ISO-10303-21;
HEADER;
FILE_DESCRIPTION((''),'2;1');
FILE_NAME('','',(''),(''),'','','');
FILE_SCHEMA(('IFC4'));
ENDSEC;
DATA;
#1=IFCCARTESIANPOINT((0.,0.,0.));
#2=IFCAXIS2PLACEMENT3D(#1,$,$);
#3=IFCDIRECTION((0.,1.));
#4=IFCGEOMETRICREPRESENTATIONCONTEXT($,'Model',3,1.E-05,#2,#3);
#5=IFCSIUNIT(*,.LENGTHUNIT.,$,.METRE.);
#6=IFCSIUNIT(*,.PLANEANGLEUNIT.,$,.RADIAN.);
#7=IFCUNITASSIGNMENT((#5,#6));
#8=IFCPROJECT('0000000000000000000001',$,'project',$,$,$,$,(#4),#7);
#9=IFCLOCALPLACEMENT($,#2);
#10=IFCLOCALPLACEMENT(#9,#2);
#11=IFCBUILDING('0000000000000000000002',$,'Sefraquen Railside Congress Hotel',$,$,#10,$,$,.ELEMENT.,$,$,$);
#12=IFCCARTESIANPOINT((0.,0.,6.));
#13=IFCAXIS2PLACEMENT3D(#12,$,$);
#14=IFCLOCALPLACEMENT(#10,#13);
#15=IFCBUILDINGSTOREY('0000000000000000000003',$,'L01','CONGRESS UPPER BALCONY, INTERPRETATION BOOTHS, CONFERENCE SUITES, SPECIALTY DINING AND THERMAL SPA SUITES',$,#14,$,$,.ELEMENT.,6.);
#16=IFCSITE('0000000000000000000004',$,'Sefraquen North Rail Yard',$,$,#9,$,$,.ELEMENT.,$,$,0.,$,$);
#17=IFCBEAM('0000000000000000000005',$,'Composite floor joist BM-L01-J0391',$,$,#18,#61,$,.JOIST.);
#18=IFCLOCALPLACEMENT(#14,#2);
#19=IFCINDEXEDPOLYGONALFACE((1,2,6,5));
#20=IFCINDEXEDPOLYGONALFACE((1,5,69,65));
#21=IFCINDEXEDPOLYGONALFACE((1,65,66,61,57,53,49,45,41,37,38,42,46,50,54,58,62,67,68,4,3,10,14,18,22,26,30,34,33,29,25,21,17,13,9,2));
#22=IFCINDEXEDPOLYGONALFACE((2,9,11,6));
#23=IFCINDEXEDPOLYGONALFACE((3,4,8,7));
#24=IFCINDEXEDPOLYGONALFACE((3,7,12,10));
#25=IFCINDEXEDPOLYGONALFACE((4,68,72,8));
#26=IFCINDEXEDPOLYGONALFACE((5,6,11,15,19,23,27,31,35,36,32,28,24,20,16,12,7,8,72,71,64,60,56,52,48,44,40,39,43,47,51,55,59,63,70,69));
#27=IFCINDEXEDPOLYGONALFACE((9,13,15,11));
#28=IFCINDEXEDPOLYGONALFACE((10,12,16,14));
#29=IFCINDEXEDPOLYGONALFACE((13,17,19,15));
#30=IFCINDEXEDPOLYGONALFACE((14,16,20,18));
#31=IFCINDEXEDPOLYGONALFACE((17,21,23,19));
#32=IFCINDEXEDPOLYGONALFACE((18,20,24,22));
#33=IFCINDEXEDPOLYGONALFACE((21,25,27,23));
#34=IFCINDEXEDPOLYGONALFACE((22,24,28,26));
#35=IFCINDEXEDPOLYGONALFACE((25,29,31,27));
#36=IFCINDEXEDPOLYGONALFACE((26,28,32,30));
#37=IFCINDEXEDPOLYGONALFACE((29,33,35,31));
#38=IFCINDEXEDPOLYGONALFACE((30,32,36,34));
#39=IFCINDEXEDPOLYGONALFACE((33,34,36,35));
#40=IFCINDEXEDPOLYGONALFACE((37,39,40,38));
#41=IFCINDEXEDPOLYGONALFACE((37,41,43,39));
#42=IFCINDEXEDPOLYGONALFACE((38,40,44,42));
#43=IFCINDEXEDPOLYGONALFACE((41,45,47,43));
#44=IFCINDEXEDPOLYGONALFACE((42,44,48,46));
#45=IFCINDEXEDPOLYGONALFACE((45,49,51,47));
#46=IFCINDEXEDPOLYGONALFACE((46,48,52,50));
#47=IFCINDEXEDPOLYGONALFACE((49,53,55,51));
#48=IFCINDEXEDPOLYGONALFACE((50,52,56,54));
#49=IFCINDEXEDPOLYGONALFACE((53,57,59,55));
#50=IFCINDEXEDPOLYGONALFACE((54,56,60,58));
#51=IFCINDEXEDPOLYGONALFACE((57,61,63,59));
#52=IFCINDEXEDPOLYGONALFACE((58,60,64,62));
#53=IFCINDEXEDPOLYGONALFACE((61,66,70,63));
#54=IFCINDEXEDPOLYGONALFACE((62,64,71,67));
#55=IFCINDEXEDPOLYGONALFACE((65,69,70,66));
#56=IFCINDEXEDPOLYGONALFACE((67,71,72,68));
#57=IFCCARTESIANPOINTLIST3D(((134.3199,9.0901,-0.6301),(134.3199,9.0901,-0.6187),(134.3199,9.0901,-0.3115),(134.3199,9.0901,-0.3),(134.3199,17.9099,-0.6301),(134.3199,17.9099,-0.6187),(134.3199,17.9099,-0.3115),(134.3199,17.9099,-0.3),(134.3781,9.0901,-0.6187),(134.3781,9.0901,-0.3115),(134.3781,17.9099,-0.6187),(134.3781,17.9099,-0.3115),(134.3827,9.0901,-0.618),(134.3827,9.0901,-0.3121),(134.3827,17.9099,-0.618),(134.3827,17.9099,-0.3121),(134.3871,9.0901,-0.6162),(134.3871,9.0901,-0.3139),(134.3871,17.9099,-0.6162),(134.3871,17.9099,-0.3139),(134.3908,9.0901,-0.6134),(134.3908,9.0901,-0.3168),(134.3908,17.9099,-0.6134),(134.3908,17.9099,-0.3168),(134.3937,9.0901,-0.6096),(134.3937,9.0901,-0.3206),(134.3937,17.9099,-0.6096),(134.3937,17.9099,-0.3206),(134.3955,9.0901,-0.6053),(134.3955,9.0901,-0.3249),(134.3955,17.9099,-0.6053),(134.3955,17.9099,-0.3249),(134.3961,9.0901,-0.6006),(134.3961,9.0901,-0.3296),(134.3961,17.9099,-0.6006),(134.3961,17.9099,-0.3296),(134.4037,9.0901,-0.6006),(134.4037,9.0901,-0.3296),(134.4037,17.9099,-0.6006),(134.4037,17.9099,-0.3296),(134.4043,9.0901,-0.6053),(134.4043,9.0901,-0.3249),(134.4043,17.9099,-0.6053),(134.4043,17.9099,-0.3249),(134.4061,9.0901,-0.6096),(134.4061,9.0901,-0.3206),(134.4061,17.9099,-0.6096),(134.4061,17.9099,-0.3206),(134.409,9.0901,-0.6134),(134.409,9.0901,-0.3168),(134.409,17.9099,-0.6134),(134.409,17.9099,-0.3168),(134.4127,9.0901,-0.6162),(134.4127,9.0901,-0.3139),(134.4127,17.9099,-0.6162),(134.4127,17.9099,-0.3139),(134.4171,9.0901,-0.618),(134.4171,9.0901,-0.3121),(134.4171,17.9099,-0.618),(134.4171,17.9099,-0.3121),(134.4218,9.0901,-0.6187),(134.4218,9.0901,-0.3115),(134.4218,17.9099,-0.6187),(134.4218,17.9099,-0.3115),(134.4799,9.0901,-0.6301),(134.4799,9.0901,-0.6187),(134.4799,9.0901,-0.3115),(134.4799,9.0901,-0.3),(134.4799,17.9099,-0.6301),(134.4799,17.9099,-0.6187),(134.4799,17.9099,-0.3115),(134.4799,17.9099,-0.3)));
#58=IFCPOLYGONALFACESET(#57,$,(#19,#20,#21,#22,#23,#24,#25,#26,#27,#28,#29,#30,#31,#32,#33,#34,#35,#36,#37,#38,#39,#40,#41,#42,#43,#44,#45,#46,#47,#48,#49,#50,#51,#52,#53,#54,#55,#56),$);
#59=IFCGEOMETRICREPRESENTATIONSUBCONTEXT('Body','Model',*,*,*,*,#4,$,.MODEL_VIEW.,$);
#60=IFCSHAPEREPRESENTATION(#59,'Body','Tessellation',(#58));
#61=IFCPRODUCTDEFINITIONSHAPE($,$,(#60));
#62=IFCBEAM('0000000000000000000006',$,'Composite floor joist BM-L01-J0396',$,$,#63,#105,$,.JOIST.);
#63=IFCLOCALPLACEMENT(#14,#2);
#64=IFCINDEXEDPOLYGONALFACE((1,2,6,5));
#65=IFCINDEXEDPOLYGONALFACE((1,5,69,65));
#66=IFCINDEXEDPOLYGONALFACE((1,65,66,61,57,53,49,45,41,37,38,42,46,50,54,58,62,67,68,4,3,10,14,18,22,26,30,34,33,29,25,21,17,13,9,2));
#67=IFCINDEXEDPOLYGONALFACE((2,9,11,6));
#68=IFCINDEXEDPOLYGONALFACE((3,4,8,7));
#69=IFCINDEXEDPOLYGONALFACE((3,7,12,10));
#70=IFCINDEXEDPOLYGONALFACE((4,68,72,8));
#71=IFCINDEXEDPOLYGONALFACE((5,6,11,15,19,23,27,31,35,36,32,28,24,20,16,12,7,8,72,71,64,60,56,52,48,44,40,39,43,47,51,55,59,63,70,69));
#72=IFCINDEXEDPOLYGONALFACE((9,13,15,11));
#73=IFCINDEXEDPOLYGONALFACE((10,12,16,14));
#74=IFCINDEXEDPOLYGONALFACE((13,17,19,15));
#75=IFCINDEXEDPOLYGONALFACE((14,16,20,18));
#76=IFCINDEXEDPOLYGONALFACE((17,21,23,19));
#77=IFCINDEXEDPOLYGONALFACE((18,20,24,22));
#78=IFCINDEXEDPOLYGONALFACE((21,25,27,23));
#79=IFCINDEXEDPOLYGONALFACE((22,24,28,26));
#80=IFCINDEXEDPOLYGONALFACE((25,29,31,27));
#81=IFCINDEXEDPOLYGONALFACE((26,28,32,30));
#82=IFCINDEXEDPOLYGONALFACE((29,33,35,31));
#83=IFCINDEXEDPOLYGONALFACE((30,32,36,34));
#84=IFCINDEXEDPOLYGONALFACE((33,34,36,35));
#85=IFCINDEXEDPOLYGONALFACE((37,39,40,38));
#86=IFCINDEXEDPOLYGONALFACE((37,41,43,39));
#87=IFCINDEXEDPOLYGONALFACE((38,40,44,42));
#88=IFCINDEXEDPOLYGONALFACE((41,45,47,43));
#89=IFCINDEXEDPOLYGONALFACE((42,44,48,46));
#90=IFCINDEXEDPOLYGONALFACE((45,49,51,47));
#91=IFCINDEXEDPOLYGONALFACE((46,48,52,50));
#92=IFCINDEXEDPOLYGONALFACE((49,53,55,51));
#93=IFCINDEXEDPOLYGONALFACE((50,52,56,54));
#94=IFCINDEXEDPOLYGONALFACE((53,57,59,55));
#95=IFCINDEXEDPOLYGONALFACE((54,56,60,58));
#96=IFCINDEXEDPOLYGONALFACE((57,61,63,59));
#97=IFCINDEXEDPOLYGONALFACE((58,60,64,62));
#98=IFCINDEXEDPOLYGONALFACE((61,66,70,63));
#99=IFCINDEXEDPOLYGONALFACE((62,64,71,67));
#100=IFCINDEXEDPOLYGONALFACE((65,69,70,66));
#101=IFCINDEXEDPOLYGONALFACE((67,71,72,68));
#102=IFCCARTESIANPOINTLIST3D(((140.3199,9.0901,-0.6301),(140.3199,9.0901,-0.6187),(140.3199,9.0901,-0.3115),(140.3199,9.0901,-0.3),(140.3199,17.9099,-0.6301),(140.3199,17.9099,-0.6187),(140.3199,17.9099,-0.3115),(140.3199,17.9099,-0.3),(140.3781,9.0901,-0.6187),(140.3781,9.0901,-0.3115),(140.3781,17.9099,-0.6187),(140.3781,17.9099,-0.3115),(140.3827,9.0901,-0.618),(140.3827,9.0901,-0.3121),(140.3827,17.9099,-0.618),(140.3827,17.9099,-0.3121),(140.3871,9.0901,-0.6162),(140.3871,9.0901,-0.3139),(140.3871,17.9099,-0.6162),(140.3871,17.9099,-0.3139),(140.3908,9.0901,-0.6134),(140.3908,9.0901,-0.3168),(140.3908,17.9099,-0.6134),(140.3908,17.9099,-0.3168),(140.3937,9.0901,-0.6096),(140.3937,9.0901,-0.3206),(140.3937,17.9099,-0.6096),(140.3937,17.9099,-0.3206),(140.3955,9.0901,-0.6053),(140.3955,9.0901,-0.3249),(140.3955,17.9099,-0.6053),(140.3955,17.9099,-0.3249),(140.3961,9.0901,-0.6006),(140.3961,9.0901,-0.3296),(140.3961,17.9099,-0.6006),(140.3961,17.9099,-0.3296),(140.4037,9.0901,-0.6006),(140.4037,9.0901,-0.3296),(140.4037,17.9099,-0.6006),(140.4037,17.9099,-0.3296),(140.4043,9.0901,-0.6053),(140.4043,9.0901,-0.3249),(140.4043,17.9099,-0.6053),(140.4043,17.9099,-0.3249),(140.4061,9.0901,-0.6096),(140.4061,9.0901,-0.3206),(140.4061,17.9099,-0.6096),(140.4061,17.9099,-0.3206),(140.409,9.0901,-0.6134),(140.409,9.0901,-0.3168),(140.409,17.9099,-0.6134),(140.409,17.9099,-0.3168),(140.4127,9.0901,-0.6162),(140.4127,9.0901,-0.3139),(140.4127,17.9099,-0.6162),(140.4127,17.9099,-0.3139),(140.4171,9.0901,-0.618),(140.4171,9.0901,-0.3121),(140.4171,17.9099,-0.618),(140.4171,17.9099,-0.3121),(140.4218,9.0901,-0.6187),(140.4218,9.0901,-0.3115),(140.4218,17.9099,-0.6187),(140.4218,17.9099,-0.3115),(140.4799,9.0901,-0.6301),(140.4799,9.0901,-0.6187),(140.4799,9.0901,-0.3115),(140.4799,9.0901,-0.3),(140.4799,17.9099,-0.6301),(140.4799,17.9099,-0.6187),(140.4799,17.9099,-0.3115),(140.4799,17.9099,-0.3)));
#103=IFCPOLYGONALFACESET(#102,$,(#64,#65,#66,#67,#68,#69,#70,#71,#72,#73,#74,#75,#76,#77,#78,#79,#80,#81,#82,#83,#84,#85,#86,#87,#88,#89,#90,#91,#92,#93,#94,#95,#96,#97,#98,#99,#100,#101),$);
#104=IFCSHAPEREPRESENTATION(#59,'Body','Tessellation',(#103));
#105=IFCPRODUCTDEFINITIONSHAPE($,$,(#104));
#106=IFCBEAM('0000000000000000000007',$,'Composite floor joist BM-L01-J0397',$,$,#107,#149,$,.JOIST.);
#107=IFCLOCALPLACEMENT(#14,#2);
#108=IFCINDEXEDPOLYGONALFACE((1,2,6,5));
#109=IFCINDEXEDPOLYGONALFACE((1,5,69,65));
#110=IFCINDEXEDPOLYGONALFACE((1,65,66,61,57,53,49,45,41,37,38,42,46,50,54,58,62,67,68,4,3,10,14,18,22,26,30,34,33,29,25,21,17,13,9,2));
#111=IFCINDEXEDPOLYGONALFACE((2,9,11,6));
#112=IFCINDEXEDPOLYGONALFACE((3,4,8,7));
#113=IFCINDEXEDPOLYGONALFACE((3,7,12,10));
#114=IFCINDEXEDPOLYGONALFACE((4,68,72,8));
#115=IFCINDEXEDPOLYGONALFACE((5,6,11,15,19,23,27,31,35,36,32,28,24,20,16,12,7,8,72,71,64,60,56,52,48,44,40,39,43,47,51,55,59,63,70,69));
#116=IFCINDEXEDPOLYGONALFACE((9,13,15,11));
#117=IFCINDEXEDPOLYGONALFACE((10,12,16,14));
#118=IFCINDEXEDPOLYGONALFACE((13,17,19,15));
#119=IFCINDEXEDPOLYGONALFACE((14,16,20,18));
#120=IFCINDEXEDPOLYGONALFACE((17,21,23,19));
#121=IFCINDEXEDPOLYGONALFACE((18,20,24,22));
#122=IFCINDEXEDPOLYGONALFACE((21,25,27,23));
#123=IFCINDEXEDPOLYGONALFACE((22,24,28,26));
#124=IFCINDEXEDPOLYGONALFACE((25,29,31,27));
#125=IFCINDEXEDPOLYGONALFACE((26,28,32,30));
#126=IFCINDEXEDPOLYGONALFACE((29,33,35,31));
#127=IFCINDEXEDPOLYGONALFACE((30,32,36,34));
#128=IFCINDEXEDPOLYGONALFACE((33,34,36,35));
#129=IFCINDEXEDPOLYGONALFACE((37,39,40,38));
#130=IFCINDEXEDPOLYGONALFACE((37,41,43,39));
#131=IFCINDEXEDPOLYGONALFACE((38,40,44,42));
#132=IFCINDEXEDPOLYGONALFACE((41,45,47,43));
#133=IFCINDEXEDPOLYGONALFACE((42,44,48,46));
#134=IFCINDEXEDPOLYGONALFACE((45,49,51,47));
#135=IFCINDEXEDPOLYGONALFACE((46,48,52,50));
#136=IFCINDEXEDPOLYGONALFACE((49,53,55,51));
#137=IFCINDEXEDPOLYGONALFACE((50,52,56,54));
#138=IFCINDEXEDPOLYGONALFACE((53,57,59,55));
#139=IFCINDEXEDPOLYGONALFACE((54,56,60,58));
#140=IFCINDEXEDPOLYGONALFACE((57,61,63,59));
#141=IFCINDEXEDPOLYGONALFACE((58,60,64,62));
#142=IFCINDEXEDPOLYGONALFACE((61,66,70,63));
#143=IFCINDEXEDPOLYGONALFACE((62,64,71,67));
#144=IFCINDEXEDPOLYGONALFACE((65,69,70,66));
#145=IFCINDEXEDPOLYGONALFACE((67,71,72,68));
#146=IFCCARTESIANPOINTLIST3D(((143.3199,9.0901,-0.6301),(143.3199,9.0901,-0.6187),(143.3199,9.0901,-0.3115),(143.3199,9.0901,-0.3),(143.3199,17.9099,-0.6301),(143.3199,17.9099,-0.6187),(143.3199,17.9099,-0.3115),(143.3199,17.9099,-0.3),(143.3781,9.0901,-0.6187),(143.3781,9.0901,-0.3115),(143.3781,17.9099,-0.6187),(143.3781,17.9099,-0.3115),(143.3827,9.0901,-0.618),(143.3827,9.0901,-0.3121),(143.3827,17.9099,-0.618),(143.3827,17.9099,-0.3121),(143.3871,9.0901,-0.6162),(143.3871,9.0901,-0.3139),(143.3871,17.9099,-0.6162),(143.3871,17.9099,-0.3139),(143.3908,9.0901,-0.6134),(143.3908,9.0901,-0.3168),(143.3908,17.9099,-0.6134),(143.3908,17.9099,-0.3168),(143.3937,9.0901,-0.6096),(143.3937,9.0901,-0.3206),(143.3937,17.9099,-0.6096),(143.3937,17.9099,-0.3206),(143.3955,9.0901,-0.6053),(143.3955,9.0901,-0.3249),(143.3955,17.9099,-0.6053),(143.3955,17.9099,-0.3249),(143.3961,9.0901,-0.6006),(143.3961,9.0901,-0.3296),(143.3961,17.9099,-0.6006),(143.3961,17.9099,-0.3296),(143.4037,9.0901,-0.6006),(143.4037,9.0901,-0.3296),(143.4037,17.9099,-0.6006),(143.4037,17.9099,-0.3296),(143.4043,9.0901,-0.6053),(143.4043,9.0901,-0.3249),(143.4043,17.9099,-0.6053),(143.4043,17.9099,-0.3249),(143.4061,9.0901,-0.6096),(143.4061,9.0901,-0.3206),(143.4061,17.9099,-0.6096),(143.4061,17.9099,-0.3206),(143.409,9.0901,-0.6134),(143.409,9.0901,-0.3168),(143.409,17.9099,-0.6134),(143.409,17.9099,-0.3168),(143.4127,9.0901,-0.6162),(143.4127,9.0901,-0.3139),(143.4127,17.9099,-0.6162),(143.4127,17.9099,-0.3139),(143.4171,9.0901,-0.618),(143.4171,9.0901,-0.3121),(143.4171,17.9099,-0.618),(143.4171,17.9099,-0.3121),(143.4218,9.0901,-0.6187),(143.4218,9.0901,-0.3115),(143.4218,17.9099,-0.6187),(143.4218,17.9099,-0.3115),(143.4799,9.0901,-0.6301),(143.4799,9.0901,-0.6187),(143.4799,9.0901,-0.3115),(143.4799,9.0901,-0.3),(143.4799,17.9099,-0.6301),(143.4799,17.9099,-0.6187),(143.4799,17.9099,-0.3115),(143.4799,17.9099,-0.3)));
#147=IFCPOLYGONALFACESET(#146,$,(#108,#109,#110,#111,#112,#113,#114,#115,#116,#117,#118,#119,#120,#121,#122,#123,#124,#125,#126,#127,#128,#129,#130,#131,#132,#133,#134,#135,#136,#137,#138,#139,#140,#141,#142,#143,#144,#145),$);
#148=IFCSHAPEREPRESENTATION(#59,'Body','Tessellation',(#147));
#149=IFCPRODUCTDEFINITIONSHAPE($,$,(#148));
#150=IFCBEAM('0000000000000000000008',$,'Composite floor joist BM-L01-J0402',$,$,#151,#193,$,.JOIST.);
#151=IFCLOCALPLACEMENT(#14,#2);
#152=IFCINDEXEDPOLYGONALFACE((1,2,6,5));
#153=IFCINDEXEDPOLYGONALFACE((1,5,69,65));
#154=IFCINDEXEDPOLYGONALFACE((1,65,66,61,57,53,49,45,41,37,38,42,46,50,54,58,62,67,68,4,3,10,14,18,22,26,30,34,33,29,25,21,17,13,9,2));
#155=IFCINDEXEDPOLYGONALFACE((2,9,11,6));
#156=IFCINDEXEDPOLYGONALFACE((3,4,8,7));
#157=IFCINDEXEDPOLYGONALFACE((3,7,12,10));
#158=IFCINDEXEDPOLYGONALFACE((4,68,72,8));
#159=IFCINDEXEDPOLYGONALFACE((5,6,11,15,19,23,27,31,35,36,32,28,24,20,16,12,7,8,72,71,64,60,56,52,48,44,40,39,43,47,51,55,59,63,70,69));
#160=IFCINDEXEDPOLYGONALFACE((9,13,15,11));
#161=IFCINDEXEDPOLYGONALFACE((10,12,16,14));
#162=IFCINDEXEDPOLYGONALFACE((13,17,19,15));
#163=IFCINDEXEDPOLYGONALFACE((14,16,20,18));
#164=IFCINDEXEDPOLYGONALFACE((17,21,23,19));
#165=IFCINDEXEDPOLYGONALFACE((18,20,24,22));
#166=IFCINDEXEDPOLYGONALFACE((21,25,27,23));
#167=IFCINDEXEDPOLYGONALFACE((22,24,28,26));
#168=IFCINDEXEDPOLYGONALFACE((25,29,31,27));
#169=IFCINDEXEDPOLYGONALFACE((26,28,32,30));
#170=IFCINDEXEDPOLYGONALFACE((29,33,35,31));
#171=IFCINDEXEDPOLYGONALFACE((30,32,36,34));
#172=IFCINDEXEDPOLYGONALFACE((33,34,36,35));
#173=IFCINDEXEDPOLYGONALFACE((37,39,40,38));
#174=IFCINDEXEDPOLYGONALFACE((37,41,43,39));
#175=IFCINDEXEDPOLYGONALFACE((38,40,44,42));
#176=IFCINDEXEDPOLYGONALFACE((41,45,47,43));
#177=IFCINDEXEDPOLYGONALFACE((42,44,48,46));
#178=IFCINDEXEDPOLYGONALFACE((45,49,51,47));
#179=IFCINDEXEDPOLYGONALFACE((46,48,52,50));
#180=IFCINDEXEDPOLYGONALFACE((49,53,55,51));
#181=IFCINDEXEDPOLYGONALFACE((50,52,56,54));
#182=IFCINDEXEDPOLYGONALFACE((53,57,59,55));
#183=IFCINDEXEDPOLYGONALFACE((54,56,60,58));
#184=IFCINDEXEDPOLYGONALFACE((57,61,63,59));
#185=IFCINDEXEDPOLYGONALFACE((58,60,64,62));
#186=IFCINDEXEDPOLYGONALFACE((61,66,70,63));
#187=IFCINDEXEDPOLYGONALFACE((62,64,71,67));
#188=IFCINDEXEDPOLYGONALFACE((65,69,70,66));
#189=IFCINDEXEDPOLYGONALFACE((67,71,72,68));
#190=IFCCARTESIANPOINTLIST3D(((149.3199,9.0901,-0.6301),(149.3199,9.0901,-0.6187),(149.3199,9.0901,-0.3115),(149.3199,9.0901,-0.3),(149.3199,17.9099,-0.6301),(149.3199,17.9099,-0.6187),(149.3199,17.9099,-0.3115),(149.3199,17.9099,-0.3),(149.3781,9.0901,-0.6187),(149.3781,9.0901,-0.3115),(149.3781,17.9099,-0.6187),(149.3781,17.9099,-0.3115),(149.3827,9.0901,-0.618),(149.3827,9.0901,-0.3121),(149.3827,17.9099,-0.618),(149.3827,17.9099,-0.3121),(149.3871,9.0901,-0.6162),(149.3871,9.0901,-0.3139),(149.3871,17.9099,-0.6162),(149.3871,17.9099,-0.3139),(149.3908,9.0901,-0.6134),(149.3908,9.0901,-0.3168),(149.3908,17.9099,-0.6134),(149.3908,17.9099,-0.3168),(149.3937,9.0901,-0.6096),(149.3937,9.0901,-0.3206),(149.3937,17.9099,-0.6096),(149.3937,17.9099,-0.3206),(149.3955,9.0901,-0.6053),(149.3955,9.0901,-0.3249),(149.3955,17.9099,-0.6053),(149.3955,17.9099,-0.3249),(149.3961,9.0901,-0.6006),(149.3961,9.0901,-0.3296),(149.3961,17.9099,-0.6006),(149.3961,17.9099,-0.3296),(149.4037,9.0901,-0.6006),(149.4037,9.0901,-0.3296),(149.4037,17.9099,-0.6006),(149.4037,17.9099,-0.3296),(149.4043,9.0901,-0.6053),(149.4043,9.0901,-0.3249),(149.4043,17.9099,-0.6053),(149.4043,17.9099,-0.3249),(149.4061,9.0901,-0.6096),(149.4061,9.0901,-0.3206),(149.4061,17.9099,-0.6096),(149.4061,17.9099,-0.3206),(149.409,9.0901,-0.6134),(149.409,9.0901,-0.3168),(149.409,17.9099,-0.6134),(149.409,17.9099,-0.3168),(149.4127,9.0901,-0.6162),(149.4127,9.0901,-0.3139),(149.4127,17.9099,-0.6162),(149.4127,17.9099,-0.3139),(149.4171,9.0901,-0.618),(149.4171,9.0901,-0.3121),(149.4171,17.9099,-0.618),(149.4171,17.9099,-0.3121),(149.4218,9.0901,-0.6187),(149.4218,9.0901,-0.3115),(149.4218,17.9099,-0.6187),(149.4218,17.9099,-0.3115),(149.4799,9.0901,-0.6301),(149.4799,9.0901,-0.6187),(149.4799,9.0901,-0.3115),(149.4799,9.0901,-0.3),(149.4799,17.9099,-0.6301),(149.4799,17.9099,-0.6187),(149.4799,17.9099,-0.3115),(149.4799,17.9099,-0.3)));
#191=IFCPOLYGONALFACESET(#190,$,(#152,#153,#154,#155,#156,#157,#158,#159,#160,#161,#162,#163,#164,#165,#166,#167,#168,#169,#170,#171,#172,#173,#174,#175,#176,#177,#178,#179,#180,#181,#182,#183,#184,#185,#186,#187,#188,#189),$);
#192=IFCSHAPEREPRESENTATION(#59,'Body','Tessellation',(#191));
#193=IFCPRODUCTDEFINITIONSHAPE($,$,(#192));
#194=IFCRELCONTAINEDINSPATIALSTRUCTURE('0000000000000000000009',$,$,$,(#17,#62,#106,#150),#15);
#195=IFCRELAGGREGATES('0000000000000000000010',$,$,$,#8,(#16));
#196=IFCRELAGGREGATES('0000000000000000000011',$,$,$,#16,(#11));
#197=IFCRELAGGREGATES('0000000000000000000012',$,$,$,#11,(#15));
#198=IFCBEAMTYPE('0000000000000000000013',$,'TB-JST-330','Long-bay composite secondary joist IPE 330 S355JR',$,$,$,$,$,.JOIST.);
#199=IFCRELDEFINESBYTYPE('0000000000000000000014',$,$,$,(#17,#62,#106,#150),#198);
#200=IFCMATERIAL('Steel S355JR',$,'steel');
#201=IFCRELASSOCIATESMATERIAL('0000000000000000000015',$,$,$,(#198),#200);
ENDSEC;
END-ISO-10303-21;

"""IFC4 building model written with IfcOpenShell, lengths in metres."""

from ifc_helpers import new_model, si_unit, direction, frame, origin, origin_2d, place, context, subcontext, project, spatial, i_section, extrude, material, material_profile, profile_set, type_object, element, save


model = new_model("IFC4")

# Units and contexts
model_context = context("Model", 3, precision=1e-05, world=origin(), true_north=direction((0.0, 1.0)))
body_context = subcontext(model_context, "Body", "Model", "MODEL_VIEW")
ifc_project = project(units=[si_unit("LENGTHUNIT", "METRE"), si_unit("PLANEANGLEUNIT", "RADIAN")], contexts=[model_context])

# Site, building, storey
site_placement = place(None, origin())
site = spatial("IfcSite", under=ifc_project, at=site_placement, Name="Sefraquen North Rail Yard", CompositionType="ELEMENT", RefElevation=0.0)
building_placement = place(site_placement, origin())
building = spatial("IfcBuilding", under=site, at=building_placement, Name="Sefraquen Railside Congress Hotel", CompositionType="ELEMENT")
storey_placement = place(building_placement, frame((0.0, 0.0, 6.0)))
storey = spatial("IfcBuildingStorey", under=building, at=storey_placement, Name="L01", Description="CONGRESS UPPER BALCONY, INTERPRETATION BOOTHS, CONFERENCE SUITES, SPECIALTY DINING AND THERMAL SPA SUITES", CompositionType="ELEMENT", Elevation=6.0)

# Shared definitions
ifc_material_1 = material(Name="Steel S355JR", Category="steel")

# Beams
ifc_material_profile_1 = material_profile(ifc_material_1, i_section(OverallWidth=0.1599, OverallDepth=0.3301, WebThickness=0.0076, FlangeThickness=0.0115, FilletRadius=0.0181, at=origin_2d()), Name="IPE 330")
ifc_profile_set_1 = profile_set([ifc_material_profile_1], Name="Steel S355JR")
beam_type_1 = type_object("IfcBeamType", Name="TB-JST-330", Description="Long-bay composite secondary joist IPE 330 S355JR", PredefinedType="JOIST", material=ifc_profile_set_1)
for number, where, z_axis, x_axis, name in (
    (1, (134.3999, 9.0901, -0.4651), (0.0, 1.0, 0.0), (-1.0, 0.0, 0.0), "Composite floor joist BM-L01-J0391"),
    (2, (140.3999, 9.0901, -0.4651), (0.0, 1.0, 0.0), (-1.0, 0.0, 0.0), "Composite floor joist BM-L01-J0396"),
    (3, (143.3999, 9.0901, -0.4651), (0.0, 1.0, 0.0), (-1.0, 0.0, 0.0), "Composite floor joist BM-L01-J0397"),
    (4, (149.3999, 9.0901, -0.4651), (0.0, 1.0, 0.0), (-1.0, 0.0, 0.0), "Composite floor joist BM-L01-J0402"),
):
    element("IfcBeam", number, at=place(storey_placement, frame(where, z_axis=z_axis, x_axis=x_axis)), inside=storey, type_object=beam_type_1, Name=name, PredefinedType="JOIST", context=body_context, shape_type="SweptSolid", body=[
        extrude(i_section(OverallWidth=0.1599, OverallDepth=0.3301, WebThickness=0.0076, FlangeThickness=0.0115, FilletRadius=0.0181, at=origin_2d()), origin(), (0.0, 0.0, 1.0), 8.8198),
    ])

save(model, "model.ifc")
